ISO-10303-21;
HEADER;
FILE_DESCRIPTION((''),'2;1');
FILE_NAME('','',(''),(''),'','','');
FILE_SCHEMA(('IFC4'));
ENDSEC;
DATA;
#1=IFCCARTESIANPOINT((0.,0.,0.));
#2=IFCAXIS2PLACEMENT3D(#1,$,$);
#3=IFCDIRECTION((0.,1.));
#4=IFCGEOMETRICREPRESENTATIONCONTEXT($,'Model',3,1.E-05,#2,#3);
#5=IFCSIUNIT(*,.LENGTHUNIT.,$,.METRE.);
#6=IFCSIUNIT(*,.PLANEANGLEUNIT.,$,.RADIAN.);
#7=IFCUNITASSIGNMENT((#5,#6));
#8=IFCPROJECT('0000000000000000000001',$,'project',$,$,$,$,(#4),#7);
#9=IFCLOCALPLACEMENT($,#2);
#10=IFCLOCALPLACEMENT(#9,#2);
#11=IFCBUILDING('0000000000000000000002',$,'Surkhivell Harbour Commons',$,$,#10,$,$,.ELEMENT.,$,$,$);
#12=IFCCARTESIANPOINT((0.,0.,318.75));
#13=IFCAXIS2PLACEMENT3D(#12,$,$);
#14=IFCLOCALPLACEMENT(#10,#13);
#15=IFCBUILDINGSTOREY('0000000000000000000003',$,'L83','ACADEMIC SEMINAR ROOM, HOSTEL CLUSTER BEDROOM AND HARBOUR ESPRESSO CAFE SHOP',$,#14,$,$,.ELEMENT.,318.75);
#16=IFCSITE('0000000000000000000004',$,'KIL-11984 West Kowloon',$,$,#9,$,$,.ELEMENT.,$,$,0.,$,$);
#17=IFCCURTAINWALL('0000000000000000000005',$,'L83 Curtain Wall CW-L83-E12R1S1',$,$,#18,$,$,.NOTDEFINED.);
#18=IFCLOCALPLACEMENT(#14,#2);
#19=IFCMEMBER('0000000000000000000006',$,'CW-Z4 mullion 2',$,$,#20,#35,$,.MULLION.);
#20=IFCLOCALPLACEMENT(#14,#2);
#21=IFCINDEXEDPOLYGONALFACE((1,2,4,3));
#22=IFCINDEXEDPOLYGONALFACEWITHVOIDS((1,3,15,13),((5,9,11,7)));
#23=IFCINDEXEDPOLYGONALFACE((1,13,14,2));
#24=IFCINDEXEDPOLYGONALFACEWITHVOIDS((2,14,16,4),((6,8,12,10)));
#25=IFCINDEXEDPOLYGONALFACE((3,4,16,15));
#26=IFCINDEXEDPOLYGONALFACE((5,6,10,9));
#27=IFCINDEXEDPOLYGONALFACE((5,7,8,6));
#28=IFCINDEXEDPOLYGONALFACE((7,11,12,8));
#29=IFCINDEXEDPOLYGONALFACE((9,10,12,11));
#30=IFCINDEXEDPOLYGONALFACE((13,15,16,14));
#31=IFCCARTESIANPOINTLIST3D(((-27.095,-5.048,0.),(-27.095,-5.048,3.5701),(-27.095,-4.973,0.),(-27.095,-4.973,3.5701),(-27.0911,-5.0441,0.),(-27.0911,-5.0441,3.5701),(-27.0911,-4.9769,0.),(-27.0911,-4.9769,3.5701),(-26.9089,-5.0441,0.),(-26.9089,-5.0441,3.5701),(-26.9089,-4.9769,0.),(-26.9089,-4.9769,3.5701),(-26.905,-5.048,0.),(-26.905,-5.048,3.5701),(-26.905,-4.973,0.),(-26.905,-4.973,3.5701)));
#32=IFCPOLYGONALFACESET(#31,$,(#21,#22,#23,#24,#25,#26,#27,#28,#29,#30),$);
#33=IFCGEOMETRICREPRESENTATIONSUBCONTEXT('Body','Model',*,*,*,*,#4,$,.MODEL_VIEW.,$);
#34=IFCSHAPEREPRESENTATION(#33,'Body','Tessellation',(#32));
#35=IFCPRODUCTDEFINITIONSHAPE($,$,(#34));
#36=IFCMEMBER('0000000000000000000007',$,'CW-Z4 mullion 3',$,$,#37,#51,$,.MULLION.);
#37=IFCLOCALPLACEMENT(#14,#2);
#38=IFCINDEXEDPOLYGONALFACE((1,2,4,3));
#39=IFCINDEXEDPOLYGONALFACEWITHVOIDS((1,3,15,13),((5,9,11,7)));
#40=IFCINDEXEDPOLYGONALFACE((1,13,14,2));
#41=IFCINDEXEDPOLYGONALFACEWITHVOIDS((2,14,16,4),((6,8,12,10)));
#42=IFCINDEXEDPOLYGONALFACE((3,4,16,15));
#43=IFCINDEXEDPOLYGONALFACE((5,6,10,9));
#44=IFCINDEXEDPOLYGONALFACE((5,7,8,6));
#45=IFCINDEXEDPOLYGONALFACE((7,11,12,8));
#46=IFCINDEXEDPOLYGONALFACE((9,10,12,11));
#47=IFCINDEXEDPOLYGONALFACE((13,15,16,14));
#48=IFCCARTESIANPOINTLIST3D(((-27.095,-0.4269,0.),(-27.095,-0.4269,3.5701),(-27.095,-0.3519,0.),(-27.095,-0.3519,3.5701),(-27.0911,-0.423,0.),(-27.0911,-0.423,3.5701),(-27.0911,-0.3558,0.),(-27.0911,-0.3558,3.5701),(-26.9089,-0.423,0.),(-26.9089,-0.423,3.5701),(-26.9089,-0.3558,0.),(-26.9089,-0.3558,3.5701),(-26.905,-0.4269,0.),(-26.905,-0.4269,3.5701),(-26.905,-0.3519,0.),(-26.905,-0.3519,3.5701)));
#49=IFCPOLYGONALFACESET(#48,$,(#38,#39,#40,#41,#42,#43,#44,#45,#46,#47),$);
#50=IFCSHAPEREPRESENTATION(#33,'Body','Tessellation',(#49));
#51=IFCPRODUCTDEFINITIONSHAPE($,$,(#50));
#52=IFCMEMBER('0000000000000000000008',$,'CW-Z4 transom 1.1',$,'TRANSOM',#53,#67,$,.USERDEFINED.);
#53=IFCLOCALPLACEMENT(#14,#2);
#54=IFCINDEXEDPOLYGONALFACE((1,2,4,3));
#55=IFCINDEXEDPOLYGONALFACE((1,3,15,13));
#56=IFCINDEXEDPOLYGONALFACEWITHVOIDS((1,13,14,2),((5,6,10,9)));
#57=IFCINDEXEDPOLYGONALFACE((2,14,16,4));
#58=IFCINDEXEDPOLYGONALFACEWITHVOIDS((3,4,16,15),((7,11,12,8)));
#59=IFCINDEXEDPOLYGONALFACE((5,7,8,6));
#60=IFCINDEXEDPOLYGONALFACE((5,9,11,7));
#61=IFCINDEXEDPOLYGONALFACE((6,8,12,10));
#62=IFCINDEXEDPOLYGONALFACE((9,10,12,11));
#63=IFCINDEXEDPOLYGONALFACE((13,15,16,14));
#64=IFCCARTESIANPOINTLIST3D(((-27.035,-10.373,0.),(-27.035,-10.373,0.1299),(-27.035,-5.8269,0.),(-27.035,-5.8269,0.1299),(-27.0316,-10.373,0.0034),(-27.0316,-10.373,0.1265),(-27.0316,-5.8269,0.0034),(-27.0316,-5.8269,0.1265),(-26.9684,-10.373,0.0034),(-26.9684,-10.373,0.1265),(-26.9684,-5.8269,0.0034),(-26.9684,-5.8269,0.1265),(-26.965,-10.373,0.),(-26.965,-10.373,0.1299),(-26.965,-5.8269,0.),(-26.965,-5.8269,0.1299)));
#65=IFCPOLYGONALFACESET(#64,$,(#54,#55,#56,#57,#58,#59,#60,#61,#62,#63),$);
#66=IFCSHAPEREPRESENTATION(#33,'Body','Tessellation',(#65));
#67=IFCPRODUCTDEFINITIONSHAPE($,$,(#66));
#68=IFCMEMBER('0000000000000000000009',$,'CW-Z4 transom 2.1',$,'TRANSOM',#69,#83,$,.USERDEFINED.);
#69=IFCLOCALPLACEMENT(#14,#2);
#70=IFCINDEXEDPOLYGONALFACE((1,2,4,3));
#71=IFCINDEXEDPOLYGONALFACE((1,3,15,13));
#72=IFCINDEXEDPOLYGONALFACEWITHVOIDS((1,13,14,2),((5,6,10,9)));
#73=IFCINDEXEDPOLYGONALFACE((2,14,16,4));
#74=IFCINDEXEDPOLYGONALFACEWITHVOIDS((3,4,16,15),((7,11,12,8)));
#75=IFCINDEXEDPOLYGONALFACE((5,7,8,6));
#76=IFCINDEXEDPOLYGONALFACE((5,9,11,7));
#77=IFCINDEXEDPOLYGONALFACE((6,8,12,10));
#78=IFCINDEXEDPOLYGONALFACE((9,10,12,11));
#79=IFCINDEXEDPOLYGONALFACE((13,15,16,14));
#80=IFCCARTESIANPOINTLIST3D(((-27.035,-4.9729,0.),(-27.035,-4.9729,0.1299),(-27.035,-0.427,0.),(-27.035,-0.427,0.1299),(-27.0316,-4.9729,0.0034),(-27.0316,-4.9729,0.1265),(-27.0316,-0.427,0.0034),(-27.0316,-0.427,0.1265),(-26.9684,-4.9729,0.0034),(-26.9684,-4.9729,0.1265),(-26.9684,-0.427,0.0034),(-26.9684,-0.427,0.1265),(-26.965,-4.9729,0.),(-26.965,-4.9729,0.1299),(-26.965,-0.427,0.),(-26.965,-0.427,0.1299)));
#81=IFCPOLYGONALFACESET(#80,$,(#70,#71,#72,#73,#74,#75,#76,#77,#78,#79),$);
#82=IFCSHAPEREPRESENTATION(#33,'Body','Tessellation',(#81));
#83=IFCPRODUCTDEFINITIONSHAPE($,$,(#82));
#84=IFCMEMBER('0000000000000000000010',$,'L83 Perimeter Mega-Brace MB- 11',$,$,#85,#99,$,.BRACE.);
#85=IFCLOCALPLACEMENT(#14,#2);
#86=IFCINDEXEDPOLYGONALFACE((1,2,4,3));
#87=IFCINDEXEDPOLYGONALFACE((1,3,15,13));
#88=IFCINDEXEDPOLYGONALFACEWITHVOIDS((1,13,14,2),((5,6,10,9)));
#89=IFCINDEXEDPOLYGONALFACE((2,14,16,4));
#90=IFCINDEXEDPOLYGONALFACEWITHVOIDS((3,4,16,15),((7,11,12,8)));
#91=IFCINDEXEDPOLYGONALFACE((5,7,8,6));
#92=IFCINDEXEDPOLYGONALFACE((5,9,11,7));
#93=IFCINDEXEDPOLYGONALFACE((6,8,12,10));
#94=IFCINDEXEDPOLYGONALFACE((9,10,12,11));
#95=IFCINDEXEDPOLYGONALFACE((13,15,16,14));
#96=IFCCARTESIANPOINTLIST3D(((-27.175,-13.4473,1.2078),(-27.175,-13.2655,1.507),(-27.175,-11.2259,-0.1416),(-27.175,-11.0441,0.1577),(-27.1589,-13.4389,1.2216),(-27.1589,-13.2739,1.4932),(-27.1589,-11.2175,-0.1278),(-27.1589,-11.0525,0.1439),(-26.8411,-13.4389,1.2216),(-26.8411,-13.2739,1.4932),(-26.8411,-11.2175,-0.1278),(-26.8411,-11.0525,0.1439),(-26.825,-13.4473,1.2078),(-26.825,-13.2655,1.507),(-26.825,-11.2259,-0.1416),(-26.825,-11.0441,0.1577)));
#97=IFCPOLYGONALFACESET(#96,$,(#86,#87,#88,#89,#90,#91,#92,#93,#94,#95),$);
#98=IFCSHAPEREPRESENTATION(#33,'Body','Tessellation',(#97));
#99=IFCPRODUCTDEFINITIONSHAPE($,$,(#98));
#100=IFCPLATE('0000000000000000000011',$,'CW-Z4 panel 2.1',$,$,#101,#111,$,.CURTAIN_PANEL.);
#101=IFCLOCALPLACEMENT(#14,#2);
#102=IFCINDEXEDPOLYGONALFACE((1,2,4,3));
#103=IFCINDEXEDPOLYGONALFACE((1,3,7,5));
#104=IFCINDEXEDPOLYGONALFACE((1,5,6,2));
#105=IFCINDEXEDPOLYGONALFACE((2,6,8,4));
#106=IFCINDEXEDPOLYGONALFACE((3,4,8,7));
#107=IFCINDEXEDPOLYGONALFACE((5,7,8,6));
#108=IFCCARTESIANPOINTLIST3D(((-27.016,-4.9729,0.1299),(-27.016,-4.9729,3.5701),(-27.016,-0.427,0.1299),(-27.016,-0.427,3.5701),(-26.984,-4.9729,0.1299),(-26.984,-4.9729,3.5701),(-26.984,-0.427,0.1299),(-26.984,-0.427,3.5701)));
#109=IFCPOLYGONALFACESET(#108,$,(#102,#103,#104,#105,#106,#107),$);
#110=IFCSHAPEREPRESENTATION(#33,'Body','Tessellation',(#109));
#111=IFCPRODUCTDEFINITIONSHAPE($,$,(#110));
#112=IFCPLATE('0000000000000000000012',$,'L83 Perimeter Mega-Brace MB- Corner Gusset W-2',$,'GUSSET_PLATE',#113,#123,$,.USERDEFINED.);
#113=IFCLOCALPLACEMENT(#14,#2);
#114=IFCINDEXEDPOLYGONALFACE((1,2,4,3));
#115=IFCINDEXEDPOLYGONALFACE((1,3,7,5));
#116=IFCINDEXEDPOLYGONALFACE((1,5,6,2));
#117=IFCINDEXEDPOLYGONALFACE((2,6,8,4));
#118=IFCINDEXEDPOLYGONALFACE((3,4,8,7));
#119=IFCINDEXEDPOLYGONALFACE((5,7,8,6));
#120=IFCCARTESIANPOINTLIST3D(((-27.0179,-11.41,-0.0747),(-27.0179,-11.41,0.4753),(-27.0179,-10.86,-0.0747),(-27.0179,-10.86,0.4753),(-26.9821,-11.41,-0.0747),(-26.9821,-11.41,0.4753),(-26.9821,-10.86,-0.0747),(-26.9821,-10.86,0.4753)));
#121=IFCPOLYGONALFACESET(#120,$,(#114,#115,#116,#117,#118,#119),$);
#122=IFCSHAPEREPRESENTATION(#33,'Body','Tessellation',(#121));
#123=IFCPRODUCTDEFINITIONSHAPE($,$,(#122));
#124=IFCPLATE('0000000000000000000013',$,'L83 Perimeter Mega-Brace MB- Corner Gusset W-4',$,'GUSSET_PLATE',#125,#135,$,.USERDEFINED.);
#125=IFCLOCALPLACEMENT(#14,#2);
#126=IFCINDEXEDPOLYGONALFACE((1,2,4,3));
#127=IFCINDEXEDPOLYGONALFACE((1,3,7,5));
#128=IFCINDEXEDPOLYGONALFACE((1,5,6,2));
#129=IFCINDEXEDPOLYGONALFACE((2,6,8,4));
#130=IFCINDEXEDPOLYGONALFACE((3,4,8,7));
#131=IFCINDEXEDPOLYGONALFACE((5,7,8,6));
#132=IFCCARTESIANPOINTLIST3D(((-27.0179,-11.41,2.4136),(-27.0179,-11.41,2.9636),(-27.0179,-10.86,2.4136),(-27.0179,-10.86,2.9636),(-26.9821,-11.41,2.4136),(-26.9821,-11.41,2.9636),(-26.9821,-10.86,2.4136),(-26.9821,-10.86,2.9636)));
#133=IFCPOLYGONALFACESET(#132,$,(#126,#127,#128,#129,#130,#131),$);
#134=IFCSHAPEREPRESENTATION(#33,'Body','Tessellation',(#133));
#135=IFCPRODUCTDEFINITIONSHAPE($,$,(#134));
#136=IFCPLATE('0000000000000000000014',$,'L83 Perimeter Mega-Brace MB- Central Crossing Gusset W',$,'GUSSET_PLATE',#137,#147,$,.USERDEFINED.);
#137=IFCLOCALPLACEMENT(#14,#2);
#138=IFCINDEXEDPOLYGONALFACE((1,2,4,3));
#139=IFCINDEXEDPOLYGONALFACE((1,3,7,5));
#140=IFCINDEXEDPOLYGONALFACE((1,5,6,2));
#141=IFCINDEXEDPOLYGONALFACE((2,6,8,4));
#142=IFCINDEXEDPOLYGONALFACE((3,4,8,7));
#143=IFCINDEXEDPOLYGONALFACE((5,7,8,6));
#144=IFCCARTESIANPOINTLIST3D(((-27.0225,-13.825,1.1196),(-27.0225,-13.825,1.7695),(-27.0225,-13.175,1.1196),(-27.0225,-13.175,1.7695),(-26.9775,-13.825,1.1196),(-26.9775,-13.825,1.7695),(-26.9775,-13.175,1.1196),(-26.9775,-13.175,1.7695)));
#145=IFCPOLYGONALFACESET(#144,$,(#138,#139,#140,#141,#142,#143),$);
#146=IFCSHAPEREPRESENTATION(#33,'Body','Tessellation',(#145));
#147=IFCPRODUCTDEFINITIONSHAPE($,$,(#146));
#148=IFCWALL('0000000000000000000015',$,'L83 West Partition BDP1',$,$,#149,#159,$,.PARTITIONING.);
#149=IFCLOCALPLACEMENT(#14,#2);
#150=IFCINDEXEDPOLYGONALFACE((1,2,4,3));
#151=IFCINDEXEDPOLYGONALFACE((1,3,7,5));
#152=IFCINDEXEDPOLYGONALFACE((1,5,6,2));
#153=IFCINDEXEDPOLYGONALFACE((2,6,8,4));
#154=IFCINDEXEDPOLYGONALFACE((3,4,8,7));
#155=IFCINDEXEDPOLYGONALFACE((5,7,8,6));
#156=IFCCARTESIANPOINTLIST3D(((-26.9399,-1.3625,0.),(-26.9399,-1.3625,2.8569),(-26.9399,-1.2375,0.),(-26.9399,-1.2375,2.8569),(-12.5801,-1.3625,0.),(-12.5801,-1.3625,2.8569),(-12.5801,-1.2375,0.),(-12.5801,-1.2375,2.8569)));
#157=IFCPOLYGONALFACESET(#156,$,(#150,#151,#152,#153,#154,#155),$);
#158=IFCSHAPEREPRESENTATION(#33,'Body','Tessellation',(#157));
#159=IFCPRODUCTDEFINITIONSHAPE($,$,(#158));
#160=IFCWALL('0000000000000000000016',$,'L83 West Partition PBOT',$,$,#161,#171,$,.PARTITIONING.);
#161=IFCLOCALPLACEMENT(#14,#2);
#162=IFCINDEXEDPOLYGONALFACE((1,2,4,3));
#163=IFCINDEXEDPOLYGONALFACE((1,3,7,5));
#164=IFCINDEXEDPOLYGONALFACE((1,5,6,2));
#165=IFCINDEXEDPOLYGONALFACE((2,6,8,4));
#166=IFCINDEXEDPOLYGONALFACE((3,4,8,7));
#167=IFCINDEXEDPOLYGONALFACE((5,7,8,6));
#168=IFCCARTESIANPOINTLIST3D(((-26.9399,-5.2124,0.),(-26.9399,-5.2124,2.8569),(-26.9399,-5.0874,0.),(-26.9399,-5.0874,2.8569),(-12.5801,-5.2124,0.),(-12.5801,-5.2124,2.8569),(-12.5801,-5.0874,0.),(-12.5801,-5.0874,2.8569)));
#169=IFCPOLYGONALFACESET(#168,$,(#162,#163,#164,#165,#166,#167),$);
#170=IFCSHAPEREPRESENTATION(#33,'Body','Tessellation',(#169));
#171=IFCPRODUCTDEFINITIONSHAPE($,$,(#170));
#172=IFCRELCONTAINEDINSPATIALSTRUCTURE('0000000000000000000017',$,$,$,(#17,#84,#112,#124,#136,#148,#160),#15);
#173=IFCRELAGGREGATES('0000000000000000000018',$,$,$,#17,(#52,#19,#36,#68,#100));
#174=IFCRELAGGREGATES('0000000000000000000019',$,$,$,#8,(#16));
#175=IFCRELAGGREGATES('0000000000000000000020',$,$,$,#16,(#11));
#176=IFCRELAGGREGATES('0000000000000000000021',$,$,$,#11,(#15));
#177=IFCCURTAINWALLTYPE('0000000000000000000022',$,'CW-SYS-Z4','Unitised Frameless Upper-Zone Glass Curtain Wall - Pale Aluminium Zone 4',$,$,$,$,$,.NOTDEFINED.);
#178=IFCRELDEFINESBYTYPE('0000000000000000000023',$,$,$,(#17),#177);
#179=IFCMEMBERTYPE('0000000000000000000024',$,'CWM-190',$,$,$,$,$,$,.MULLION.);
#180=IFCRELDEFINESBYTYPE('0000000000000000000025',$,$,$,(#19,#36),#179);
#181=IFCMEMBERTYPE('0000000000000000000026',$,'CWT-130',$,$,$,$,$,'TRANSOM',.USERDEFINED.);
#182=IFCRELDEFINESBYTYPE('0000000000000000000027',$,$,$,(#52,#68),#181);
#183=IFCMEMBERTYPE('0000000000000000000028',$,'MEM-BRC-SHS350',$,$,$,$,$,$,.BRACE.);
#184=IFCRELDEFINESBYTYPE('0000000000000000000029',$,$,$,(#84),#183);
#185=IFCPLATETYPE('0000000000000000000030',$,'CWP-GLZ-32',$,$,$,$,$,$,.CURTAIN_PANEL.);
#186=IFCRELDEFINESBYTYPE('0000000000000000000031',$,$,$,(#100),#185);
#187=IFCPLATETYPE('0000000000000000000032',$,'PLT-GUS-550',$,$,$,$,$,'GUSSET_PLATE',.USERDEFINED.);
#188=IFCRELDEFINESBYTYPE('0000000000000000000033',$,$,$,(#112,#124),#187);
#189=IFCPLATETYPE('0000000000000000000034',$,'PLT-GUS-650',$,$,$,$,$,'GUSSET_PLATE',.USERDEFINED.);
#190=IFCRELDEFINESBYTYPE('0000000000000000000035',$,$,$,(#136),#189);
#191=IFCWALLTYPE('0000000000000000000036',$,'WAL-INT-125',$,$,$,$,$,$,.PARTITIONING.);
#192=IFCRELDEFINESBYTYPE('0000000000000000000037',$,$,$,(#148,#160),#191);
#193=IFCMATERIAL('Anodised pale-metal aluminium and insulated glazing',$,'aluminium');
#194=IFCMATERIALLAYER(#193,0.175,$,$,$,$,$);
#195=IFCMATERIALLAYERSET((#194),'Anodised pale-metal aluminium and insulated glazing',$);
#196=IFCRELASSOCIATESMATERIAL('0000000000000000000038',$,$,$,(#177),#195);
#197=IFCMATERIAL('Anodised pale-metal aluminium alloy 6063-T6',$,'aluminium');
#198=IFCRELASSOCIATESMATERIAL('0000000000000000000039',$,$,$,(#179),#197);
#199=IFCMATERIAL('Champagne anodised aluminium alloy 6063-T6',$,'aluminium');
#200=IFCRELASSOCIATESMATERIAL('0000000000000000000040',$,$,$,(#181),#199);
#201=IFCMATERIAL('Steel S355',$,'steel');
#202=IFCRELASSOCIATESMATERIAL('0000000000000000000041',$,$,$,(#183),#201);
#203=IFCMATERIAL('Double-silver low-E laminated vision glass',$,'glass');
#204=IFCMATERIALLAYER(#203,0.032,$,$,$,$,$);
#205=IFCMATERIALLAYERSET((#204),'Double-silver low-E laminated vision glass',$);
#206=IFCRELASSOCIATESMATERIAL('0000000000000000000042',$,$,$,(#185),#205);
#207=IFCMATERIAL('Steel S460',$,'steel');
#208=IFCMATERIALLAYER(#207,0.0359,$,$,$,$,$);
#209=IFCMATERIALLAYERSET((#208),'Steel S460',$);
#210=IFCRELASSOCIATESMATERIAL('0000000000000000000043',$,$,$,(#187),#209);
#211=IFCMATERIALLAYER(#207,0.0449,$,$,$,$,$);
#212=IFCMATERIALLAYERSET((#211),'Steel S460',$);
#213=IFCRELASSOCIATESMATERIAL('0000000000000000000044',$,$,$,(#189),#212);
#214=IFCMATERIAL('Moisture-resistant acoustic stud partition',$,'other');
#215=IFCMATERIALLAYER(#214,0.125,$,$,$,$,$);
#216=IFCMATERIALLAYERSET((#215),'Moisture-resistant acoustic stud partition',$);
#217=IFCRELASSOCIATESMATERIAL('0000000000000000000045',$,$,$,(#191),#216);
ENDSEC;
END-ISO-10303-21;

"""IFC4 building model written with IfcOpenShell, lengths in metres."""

from ifc_helpers import new_model, si_unit, direction, frame, frame_2d, origin, origin_2d, place, context, subcontext, project, spatial, rectangle, hollow_rectangle, extrude, material, layer, layer_set, material_profile, profile_set, type_object, element, aggregate, save


model = new_model("IFC4")

# Units and contexts
model_context = context("Model", 3, precision=1e-05, world=origin(), true_north=direction((0.0, 1.0)))
body_context = subcontext(model_context, "Body", "Model", "MODEL_VIEW")
ifc_project = project(units=[si_unit("LENGTHUNIT", "METRE"), si_unit("PLANEANGLEUNIT", "RADIAN")], contexts=[model_context])

# Site, building, storey
site_placement = place(None, origin())
site = spatial("IfcSite", under=ifc_project, at=site_placement, Name="KIL-11984 West Kowloon", CompositionType="ELEMENT", RefElevation=0.0)
building_placement = place(site_placement, origin())
building = spatial("IfcBuilding", under=site, at=building_placement, Name="Surkhivell Harbour Commons", CompositionType="ELEMENT")
storey_placement = place(building_placement, frame((0.0, 0.0, 318.75)))
storey = spatial("IfcBuildingStorey", under=building, at=storey_placement, Name="L83", Description="ACADEMIC SEMINAR ROOM, HOSTEL CLUSTER BEDROOM AND HARBOUR ESPRESSO CAFE SHOP", CompositionType="ELEMENT", Elevation=318.75)

# Shared definitions
ifc_material_1 = material(Name="Steel S355", Category="steel")

# Curtain wall, members
ifc_material_2 = material(Name="Anodised pale-metal aluminium and insulated glazing", Category="aluminium")
ifc_layer_1 = layer(ifc_material_2, 0.175)
ifc_layer_set_1 = layer_set([ifc_layer_1], Name="Anodised pale-metal aluminium and insulated glazing")
curtain_wall_type = type_object("IfcCurtainWallType", Name="CW-SYS-Z4", Description="Unitised Frameless Upper-Zone Glass Curtain Wall - Pale Aluminium Zone 4", PredefinedType="NOTDEFINED", material=ifc_layer_set_1)
curtain_wall_placement = place(storey_placement, origin())
curtain_wall = element("IfcCurtainWall", 1, at=curtain_wall_placement, inside=storey, type_object=curtain_wall_type, Name="L83 Curtain Wall CW-L83-E12R1S1", PredefinedType="NOTDEFINED")
ifc_material_3 = material(Name="Anodised pale-metal aluminium alloy 6063-T6", Category="aluminium")
ifc_material_profile_1 = material_profile(ifc_material_3, hollow_rectangle(XDim=0.075, YDim=0.1899, WallThickness=0.0039, at=origin_2d()), Name="ALU-MULL-75x190")
ifc_profile_set_1 = profile_set([ifc_material_profile_1], Name="Anodised pale-metal aluminium alloy 6063-T6")
member_type_1 = type_object("IfcMemberType", Name="CWM-190", PredefinedType="MULLION", material=ifc_profile_set_1)
member_1_placement = place(storey_placement, frame((-27.0, -5.0105, 0.0), z_axis=(0.0, 0.0, 1.0), x_axis=(0.0, 1.0, 0.0)))
member_1 = element("IfcMember", 2, at=member_1_placement, type_object=member_type_1, Name="CW-Z4 mullion 2", PredefinedType="MULLION", context=body_context, shape_type="SweptSolid", body=[
    extrude(hollow_rectangle(XDim=0.075, YDim=0.1899, WallThickness=0.0039, at=origin_2d()), origin(), (0.0, 0.0, 1.0), 3.5701),
])
member_2_placement = place(storey_placement, frame((-27.0, -0.3894, 0.0), z_axis=(0.0, 0.0, 1.0), x_axis=(0.0, 1.0, 0.0)))
member_2 = element("IfcMember", 3, at=member_2_placement, type_object=member_type_1, Name="CW-Z4 mullion 3", PredefinedType="MULLION", context=body_context, shape_type="SweptSolid", body=[
    extrude(hollow_rectangle(XDim=0.075, YDim=0.1899, WallThickness=0.0039, at=origin_2d()), origin(), (0.0, 0.0, 1.0), 3.5701),
])
ifc_material_4 = material(Name="Champagne anodised aluminium alloy 6063-T6", Category="aluminium")
ifc_material_profile_2 = material_profile(ifc_material_4, hollow_rectangle(XDim=0.0701, YDim=0.1299, WallThickness=0.0034, at=origin_2d()), Name="ALU-TRAN-70x130")
ifc_profile_set_2 = profile_set([ifc_material_profile_2], Name="Champagne anodised aluminium alloy 6063-T6")
member_type_2 = type_object("IfcMemberType", Name="CWT-130", ElementType="TRANSOM", PredefinedType="USERDEFINED", material=ifc_profile_set_2)
member_3_placement = place(storey_placement, frame((-27.0, -10.373, 0.0649), z_axis=(0.0, 1.0, 0.0), x_axis=(-1.0, 0.0, 0.0)))
member_3 = element("IfcMember", 4, at=member_3_placement, type_object=member_type_2, Name="CW-Z4 transom 1.1", ObjectType="TRANSOM", PredefinedType="USERDEFINED", context=body_context, shape_type="SweptSolid", body=[
    extrude(hollow_rectangle(XDim=0.0701, YDim=0.1299, WallThickness=0.0034, at=origin_2d()), origin(), (0.0, 0.0, 1.0), 4.5461),
])
member_4_placement = place(storey_placement, frame((-27.0, -4.9729, 0.0649), z_axis=(0.0, 1.0, 0.0), x_axis=(-1.0, 0.0, 0.0)))
member_4 = element("IfcMember", 5, at=member_4_placement, type_object=member_type_2, Name="CW-Z4 transom 2.1", ObjectType="TRANSOM", PredefinedType="USERDEFINED", context=body_context, shape_type="SweptSolid", body=[
    extrude(hollow_rectangle(XDim=0.0701, YDim=0.1299, WallThickness=0.0034, at=origin_2d()), origin(), (0.0, 0.0, 1.0), 4.5459),
])

# Member
ifc_material_profile_3 = material_profile(ifc_material_1, hollow_rectangle(XDim=0.3501, YDim=0.3501, WallThickness=0.0161, at=origin_2d()), Name="SHS350x350x16")
ifc_profile_set_3 = profile_set([ifc_material_profile_3], Name="Steel S355")
member_type_3 = type_object("IfcMemberType", Name="MEM-BRC-SHS350", PredefinedType="BRACE", material=ifc_profile_set_3)
member_5_placement = place(storey_placement, frame((-27.0, -11.135, 0.0081), z_axis=(0.0, -0.854679, 0.519157), x_axis=(1.0, 0.0, 0.0)))
element("IfcMember", 6, at=member_5_placement, inside=storey, type_object=member_type_3, Name="L83 Perimeter Mega-Brace MB- 11", PredefinedType="BRACE", context=body_context, shape_type="SweptSolid", body=[
    extrude(hollow_rectangle(XDim=0.3501, YDim=0.3501, WallThickness=0.0161, at=origin_2d()), origin(), (0.0, 0.0, 1.0), 2.5991),
])

# Plate
ifc_material_5 = material(Name="Double-silver low-E laminated vision glass", Category="glass")
ifc_layer_2 = layer(ifc_material_5, 0.032)
ifc_layer_set_2 = layer_set([ifc_layer_2], Name="Double-silver low-E laminated vision glass")
plate_type_1 = type_object("IfcPlateType", Name="CWP-GLZ-32", PredefinedType="CURTAIN_PANEL", material=ifc_layer_set_2)
plate_1_placement = place(storey_placement, frame((-27.0, -4.9729, 0.1299), z_axis=(0.0, 0.0, 1.0), x_axis=(0.0, 1.0, 0.0)))
plate_1 = element("IfcPlate", 7, at=plate_1_placement, type_object=plate_type_1, Name="CW-Z4 panel 2.1", PredefinedType="CURTAIN_PANEL", context=body_context, shape_type="SweptSolid", body=[
    extrude(rectangle(XDim=4.5459, YDim=0.032, at=frame_2d((2.2729, 0.0))), origin(), (0.0, 0.0, 1.0), 3.4402),
])
aggregate(curtain_wall, [member_3, member_1, member_2, member_4, plate_1])

# Plates
ifc_material_6 = material(Name="Steel S460", Category="steel")
ifc_layer_3 = layer(ifc_material_6, 0.0359)
ifc_layer_set_3 = layer_set([ifc_layer_3], Name="Steel S460")
plate_type_2 = type_object("IfcPlateType", Name="PLT-GUS-550", ElementType="GUSSET_PLATE", PredefinedType="USERDEFINED", material=ifc_layer_set_3)
for number, where, z_axis, x_axis, name in (
    (8, (-27.0, -11.135, -0.0747), (0.0, 0.0, 1.0), (0.0, 1.0, 0.0), "L83 Perimeter Mega-Brace MB- Corner Gusset W-2"),
    (9, (-27.0, -11.135, 2.4136), (0.0, 0.0, 1.0), (0.0, 1.0, 0.0), "L83 Perimeter Mega-Brace MB- Corner Gusset W-4"),
):
    element("IfcPlate", number, at=place(storey_placement, frame(where, z_axis=z_axis, x_axis=x_axis)), inside=storey, type_object=plate_type_2, Name=name, ObjectType="GUSSET_PLATE", PredefinedType="USERDEFINED", context=body_context, shape_type="SweptSolid", body=[
        extrude(rectangle(XDim=0.55, YDim=0.0359, at=origin_2d()), origin(), (0.0, 0.0, 1.0), 0.55),
    ])
ifc_layer_4 = layer(ifc_material_6, 0.0449)
ifc_layer_set_4 = layer_set([ifc_layer_4], Name="Steel S460")
plate_type_3 = type_object("IfcPlateType", Name="PLT-GUS-650", ElementType="GUSSET_PLATE", PredefinedType="USERDEFINED", material=ifc_layer_set_4)
plate_2_placement = place(storey_placement, frame((-27.0, -13.5, 1.1196), z_axis=(0.0, 0.0, 1.0), x_axis=(0.0, 1.0, 0.0)))
element("IfcPlate", 10, at=plate_2_placement, inside=storey, type_object=plate_type_3, Name="L83 Perimeter Mega-Brace MB- Central Crossing Gusset W", ObjectType="GUSSET_PLATE", PredefinedType="USERDEFINED", context=body_context, shape_type="SweptSolid", body=[
    extrude(rectangle(XDim=0.6499, YDim=0.0449, at=origin_2d()), origin(), (0.0, 0.0, 1.0), 0.6499),
])

# Walls
ifc_material_7 = material(Name="Moisture-resistant acoustic stud partition", Category="other")
ifc_layer_5 = layer(ifc_material_7, 0.125)
ifc_layer_set_5 = layer_set([ifc_layer_5], Name="Moisture-resistant acoustic stud partition")
wall_type = type_object("IfcWallType", Name="WAL-INT-125", PredefinedType="PARTITIONING", material=ifc_layer_set_5)
for number, where, z_axis, x_axis, name in (
    (11, (-26.9399, -1.3, 0.0), (0.0, 0.0, 1.0), (1.0, 0.0, 0.0), "L83 West Partition BDP1"),
    (12, (-26.9399, -5.1499, 0.0), (0.0, 0.0, 1.0), (1.0, 0.0, 0.0), "L83 West Partition PBOT"),
):
    element("IfcWall", number, at=place(storey_placement, frame(where, z_axis=z_axis, x_axis=x_axis)), inside=storey, type_object=wall_type, Name=name, PredefinedType="PARTITIONING", context=body_context, shape_type="SweptSolid", body=[
        extrude(rectangle(XDim=14.3599, YDim=0.125, at=frame_2d((7.1799, 0.0))), origin(), (0.0, 0.0, 1.0), 2.8569),
    ])

save(model, "model.ifc")
